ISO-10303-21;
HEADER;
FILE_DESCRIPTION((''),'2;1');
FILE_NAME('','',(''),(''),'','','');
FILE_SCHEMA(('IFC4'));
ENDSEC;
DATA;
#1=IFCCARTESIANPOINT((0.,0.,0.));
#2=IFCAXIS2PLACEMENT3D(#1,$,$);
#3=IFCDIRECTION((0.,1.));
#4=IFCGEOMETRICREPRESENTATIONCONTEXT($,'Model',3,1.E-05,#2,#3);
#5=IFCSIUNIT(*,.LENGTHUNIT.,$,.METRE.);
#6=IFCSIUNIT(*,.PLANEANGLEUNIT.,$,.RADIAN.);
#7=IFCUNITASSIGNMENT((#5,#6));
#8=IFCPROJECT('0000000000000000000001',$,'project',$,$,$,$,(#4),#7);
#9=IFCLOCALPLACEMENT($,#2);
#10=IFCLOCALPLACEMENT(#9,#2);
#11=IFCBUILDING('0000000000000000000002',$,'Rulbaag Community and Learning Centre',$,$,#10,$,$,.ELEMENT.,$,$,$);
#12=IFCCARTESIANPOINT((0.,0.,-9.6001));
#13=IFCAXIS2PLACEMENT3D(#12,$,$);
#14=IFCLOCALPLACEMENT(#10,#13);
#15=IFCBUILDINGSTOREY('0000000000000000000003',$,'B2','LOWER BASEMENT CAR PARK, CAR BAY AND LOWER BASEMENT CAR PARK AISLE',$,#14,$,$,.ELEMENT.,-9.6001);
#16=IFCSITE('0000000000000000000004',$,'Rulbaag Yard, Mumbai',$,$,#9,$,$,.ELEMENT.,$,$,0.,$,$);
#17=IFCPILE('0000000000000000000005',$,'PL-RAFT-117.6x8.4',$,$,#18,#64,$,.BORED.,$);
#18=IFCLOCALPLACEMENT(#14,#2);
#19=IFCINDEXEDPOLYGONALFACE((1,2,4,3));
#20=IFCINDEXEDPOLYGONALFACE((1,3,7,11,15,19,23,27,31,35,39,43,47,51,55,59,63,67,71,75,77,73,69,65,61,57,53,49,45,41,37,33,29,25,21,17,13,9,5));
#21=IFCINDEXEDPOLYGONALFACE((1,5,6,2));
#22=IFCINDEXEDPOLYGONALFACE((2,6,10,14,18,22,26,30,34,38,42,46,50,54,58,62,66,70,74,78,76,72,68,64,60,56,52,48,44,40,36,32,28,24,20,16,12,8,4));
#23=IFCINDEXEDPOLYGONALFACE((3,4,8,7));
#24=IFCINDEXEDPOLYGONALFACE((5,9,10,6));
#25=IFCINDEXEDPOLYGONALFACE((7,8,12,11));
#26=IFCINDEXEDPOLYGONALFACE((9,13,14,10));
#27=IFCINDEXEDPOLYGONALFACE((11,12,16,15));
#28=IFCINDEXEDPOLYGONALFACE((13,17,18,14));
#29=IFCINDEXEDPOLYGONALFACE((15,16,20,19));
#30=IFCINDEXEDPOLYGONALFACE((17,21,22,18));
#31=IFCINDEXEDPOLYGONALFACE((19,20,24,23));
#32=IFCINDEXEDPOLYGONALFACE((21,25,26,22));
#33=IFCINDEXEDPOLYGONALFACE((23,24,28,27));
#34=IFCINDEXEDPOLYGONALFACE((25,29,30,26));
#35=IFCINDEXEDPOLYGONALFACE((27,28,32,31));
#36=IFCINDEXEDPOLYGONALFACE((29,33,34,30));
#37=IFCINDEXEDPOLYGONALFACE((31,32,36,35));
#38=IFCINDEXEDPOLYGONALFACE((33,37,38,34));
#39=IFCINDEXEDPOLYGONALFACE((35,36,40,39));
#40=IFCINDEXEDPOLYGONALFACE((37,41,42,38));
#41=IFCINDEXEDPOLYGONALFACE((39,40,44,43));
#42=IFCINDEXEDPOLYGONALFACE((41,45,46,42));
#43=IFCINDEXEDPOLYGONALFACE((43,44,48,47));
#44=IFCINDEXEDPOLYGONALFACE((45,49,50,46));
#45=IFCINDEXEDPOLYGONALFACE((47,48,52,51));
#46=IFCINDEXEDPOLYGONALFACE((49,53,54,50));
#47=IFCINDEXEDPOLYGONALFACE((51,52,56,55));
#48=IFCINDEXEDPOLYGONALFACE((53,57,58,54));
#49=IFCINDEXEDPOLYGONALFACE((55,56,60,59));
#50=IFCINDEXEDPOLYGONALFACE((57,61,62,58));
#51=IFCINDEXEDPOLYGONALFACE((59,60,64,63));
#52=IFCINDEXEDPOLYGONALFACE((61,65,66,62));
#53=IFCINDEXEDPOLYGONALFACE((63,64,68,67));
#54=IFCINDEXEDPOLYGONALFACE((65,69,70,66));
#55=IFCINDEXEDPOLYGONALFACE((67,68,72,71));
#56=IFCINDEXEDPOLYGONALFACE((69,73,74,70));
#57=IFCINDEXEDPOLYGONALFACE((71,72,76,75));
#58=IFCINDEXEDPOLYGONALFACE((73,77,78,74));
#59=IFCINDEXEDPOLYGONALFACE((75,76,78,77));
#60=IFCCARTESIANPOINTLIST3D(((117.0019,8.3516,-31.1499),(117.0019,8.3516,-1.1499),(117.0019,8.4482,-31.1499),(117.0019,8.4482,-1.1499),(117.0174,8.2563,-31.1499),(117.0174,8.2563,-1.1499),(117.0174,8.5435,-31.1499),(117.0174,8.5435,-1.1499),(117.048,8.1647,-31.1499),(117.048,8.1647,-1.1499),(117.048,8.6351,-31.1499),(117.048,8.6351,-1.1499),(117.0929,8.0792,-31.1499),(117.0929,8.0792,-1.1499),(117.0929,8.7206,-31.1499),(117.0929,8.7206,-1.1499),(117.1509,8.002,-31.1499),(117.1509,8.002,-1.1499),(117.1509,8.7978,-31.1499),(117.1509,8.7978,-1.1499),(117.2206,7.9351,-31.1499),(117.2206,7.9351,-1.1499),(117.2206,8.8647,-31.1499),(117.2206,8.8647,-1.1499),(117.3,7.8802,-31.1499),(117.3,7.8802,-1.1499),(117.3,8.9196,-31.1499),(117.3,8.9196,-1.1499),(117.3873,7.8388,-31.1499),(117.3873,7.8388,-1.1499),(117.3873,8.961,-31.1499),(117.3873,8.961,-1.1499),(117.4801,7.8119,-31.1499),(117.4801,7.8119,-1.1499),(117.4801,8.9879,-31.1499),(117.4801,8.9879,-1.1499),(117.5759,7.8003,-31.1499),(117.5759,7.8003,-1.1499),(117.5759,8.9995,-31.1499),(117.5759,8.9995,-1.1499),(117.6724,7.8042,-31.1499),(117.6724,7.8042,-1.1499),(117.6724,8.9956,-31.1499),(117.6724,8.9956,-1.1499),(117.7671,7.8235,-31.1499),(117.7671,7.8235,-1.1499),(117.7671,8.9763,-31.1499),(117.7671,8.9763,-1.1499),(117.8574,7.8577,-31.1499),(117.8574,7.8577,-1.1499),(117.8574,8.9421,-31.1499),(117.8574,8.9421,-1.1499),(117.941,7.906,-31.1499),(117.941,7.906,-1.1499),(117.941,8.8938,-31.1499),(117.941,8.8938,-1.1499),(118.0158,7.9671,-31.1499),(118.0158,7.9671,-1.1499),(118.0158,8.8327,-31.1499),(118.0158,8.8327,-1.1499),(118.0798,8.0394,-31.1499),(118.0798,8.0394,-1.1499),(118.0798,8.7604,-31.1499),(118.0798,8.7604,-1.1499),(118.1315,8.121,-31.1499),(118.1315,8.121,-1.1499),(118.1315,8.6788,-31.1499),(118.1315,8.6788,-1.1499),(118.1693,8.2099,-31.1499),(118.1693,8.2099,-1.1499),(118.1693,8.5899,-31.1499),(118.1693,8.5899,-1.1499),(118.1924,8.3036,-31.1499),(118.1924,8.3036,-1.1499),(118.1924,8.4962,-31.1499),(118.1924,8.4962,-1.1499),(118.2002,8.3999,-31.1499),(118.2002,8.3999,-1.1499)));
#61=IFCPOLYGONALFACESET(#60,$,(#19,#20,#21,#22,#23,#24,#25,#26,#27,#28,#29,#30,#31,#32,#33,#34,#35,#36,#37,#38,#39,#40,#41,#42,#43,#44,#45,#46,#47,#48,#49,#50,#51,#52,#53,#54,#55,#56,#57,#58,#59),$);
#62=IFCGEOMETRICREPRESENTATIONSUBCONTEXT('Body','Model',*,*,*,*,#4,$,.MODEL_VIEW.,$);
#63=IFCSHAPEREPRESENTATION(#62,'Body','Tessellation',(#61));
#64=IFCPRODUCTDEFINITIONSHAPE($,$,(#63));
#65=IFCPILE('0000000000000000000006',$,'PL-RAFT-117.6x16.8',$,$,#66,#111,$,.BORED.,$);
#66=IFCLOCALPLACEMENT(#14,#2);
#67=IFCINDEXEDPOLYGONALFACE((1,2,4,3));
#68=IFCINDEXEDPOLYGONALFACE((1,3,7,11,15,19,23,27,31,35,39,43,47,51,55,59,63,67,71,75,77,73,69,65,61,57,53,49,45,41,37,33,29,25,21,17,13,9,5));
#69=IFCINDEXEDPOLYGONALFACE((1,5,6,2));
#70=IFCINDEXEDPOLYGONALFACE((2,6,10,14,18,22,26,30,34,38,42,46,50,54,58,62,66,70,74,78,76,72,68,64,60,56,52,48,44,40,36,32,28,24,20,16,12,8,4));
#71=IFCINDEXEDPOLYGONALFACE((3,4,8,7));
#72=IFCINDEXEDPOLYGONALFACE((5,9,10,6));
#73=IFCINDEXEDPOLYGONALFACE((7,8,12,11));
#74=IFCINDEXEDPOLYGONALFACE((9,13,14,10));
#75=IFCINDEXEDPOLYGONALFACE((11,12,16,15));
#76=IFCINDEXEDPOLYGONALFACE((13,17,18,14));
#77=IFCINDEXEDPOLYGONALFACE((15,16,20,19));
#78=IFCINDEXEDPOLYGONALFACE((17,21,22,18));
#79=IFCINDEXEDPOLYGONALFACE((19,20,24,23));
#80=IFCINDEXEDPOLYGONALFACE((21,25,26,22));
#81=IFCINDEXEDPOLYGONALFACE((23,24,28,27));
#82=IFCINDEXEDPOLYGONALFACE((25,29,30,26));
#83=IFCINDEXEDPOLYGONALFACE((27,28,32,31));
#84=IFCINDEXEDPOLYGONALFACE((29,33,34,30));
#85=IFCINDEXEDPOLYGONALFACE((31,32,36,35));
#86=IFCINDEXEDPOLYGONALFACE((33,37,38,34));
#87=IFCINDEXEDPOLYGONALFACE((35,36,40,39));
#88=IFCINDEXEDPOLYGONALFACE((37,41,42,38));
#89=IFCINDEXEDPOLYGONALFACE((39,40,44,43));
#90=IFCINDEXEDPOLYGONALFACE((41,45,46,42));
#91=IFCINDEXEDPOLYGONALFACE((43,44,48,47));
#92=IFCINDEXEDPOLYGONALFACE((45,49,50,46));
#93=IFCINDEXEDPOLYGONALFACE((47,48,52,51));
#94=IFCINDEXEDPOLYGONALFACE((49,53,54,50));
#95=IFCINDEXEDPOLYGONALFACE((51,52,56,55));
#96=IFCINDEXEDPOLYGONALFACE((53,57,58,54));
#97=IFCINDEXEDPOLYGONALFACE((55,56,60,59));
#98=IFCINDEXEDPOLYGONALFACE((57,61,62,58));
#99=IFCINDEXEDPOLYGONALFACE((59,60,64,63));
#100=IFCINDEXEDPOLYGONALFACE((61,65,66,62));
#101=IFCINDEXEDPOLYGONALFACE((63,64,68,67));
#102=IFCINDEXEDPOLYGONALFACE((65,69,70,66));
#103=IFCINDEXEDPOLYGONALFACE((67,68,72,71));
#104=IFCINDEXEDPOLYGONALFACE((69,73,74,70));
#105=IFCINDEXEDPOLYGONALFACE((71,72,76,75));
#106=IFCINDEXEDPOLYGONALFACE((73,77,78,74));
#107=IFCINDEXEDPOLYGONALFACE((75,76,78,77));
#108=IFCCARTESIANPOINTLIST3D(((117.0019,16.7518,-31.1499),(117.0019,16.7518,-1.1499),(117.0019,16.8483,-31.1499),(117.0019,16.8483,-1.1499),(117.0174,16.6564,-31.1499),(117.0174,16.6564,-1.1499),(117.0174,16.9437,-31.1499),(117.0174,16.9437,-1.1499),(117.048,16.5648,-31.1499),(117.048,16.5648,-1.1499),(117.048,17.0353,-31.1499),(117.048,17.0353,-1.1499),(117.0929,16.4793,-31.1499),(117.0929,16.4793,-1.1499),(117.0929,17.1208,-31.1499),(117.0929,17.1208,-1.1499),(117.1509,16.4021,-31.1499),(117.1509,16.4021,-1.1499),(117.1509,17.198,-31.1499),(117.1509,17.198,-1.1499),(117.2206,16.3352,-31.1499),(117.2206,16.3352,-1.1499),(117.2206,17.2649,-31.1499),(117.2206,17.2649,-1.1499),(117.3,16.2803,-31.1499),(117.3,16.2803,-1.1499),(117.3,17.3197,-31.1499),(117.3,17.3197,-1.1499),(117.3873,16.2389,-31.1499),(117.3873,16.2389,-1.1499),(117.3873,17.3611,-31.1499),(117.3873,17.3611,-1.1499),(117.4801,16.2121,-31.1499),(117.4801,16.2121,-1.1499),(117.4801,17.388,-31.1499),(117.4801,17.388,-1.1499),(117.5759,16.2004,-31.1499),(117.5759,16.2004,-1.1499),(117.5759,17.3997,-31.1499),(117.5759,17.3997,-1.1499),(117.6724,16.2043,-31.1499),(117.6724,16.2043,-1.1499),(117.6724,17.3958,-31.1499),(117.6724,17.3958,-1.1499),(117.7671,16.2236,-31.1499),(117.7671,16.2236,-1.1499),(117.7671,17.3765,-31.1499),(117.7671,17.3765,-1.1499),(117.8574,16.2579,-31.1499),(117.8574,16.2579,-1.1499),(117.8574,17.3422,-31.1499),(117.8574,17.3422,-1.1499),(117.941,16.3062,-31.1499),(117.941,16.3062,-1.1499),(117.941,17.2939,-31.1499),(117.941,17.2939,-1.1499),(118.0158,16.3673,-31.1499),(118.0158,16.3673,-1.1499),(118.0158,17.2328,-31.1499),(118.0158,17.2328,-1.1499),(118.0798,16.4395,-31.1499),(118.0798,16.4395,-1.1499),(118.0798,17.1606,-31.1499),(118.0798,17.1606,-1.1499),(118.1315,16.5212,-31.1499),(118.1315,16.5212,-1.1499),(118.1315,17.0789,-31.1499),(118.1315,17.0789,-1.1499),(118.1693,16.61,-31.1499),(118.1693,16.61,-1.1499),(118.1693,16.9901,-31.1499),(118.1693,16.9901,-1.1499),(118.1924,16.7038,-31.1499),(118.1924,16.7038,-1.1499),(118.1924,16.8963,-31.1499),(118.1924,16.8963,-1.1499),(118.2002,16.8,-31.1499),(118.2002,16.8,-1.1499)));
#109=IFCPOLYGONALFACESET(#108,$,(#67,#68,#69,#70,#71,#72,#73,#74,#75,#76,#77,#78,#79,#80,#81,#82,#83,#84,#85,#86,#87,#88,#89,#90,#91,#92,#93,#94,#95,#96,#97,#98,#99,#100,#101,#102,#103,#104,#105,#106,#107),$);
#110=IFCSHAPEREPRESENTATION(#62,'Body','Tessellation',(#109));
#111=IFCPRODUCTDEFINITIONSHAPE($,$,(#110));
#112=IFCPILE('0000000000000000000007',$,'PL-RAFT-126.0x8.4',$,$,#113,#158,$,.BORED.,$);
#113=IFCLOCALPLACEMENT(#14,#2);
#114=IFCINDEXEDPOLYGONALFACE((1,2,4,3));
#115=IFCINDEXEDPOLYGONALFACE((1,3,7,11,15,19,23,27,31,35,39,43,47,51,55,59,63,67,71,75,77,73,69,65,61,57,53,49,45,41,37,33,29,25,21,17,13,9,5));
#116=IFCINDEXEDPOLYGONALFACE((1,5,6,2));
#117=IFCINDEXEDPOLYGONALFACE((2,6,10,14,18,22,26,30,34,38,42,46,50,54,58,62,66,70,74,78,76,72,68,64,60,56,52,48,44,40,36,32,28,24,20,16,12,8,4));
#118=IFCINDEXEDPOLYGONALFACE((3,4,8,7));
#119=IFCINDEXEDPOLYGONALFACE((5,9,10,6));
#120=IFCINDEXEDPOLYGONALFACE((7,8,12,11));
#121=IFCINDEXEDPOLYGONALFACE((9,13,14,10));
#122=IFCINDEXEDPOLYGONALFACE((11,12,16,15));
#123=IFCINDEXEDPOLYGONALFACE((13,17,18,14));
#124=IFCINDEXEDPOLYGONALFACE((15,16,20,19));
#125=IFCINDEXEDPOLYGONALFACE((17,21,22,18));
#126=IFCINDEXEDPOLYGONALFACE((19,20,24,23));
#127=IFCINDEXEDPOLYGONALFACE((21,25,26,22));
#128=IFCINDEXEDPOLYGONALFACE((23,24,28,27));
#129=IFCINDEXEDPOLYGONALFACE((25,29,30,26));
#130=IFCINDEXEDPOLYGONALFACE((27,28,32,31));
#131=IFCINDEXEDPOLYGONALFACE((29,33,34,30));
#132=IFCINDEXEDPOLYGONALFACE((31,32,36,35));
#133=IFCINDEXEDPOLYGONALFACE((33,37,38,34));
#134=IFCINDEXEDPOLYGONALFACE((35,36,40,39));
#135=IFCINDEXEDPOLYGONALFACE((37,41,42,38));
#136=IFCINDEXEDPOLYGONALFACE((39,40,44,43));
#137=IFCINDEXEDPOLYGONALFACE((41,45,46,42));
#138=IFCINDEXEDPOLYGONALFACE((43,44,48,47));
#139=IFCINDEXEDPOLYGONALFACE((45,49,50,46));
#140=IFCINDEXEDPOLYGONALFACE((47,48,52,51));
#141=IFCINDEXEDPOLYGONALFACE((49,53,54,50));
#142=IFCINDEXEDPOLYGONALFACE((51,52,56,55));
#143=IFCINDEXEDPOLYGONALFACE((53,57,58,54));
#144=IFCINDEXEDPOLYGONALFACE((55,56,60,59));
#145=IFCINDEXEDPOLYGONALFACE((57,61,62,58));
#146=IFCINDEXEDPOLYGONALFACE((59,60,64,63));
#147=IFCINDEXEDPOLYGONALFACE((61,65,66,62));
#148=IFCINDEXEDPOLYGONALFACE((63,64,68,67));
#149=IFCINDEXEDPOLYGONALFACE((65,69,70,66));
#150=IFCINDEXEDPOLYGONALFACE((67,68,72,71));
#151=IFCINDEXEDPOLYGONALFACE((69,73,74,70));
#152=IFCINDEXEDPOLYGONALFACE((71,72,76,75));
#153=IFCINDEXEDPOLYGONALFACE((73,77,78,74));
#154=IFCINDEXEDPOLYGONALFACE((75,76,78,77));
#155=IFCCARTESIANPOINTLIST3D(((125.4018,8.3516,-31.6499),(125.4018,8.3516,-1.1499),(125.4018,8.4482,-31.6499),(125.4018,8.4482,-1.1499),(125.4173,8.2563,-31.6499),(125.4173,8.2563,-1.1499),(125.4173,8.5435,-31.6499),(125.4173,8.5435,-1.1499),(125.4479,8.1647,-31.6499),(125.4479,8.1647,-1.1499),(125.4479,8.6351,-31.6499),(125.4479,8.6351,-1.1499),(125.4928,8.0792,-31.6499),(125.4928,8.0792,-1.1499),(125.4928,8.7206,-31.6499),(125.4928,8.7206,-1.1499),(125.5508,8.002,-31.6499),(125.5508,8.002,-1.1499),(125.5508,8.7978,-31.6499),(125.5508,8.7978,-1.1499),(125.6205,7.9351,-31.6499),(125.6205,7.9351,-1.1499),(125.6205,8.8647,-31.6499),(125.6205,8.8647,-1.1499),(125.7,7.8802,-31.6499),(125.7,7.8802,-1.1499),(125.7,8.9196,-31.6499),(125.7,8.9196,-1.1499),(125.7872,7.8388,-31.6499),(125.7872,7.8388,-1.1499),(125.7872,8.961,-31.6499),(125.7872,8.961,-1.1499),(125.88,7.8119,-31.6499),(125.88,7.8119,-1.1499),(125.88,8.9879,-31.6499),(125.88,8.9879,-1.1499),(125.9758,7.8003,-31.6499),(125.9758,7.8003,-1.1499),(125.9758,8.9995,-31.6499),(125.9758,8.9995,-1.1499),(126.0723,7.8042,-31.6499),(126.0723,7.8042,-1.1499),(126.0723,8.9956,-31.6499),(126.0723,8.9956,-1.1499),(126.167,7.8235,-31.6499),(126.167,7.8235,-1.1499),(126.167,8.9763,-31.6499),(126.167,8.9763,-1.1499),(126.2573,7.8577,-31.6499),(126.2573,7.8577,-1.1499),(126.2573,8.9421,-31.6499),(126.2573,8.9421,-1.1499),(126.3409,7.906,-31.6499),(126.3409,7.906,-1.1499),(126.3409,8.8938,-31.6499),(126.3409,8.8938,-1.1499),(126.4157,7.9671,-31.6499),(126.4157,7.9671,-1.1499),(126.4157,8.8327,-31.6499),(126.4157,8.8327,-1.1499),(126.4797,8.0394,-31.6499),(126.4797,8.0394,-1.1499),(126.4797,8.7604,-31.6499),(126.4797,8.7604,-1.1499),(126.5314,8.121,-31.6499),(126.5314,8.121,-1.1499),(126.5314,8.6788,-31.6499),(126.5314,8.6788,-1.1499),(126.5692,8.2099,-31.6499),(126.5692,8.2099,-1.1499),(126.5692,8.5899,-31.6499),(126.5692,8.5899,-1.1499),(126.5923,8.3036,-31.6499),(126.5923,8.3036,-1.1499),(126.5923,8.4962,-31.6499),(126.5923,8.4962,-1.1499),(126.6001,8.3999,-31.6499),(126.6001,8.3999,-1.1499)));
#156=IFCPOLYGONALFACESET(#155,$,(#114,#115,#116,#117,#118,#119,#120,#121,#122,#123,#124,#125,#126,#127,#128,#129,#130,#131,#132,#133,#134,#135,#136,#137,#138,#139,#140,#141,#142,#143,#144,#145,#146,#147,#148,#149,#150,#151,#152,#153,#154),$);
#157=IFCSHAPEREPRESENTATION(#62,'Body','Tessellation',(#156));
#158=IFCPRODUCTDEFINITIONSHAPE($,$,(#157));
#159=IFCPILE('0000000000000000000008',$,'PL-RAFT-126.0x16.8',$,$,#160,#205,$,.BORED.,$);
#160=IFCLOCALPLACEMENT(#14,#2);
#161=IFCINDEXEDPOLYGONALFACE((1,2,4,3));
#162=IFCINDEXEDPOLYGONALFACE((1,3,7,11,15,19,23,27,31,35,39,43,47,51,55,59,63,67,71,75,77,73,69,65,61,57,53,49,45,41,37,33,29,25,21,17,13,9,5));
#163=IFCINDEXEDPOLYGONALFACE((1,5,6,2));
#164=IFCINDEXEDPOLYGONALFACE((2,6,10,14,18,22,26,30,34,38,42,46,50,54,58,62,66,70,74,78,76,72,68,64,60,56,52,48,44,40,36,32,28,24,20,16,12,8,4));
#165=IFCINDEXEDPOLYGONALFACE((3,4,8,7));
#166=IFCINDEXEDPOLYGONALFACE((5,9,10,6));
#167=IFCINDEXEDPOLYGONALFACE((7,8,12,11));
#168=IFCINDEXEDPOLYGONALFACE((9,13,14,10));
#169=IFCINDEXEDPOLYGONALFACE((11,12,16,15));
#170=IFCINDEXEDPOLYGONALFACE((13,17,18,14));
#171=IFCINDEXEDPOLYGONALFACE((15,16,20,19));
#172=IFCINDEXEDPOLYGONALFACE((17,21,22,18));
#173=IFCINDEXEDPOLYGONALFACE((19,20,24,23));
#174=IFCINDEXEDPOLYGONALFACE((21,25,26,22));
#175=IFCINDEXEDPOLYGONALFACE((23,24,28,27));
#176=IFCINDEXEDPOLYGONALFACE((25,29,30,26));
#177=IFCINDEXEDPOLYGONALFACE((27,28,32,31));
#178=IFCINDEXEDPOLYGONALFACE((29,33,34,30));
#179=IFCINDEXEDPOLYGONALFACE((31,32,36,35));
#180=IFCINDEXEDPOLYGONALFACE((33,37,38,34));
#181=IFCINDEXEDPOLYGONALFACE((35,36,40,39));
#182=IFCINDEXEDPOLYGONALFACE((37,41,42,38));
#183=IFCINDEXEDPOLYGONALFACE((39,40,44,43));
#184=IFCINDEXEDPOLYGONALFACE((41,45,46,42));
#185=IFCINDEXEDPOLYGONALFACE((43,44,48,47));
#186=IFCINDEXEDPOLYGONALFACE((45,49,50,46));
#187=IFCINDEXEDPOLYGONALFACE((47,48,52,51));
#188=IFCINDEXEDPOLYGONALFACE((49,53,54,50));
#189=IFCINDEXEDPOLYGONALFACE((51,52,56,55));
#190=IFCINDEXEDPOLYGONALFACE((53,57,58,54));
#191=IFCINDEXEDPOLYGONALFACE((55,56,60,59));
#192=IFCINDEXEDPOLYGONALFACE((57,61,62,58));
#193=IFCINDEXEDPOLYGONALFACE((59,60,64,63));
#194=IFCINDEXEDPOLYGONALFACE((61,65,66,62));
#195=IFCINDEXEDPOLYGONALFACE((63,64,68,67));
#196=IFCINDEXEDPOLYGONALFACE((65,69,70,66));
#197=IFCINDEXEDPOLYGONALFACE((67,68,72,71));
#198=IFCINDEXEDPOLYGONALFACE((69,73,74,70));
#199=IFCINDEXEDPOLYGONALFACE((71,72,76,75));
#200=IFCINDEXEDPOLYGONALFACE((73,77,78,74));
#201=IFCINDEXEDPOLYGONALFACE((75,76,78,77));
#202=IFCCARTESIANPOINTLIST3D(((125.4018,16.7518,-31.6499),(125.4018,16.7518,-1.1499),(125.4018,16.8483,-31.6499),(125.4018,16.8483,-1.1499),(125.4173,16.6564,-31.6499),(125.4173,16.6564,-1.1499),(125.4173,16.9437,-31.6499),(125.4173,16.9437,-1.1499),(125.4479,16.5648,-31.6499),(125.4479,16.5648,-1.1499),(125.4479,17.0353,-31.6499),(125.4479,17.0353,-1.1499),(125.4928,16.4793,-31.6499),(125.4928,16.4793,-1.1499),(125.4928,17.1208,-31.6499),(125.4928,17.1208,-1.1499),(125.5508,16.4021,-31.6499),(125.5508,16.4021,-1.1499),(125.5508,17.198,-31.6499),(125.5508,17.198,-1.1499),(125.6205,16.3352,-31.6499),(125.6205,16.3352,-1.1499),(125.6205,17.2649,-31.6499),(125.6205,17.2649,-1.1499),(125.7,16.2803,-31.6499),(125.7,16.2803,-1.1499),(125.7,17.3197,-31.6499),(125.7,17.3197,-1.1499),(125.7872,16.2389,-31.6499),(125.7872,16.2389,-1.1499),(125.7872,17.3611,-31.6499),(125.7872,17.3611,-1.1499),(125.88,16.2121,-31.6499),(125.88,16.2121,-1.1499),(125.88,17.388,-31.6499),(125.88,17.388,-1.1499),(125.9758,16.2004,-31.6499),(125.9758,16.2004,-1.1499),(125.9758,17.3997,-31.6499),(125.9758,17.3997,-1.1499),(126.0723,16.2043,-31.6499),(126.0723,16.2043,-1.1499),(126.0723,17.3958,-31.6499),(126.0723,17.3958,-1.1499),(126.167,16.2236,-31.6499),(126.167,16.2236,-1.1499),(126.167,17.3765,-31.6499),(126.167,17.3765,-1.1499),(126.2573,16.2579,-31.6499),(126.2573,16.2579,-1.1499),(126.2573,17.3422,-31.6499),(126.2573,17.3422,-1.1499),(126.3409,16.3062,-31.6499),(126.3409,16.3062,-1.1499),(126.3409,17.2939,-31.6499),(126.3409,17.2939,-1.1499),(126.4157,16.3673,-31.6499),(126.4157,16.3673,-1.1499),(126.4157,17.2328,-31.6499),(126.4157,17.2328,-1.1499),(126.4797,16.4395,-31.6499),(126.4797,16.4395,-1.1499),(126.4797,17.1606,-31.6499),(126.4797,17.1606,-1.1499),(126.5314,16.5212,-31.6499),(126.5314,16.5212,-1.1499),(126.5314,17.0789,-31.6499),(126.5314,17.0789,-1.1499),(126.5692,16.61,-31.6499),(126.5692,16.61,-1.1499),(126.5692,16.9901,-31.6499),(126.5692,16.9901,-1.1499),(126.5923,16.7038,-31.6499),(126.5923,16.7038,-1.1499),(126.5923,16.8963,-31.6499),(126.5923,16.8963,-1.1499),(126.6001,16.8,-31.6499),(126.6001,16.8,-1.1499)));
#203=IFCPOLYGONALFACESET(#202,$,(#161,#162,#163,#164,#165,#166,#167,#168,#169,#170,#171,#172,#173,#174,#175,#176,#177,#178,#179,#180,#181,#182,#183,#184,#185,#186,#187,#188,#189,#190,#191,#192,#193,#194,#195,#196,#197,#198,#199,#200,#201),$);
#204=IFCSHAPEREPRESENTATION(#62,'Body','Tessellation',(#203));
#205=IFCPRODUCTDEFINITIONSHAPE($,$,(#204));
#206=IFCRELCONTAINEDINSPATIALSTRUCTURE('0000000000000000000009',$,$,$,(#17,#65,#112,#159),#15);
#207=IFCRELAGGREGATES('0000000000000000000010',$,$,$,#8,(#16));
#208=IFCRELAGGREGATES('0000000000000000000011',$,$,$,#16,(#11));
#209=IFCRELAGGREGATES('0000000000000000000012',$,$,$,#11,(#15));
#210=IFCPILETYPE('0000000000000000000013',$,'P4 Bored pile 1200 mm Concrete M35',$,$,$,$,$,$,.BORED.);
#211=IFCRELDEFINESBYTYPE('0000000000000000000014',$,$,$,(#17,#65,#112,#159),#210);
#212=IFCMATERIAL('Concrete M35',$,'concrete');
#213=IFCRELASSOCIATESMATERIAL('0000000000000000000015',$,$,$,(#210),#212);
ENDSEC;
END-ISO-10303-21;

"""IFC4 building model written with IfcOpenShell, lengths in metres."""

from ifc_helpers import new_model, si_unit, direction, frame, origin, origin_2d, place, context, subcontext, project, spatial, circle, extrude, material, material_profile, profile_set, type_object, element, save


model = new_model("IFC4")

# Units and contexts
model_context = context("Model", 3, precision=1e-05, world=origin(), true_north=direction((0.0, 1.0)))
body_context = subcontext(model_context, "Body", "Model", "MODEL_VIEW")
ifc_project = project(units=[si_unit("LENGTHUNIT", "METRE"), si_unit("PLANEANGLEUNIT", "RADIAN")], contexts=[model_context])

# Site, building, storey
site_placement = place(None, origin())
site = spatial("IfcSite", under=ifc_project, at=site_placement, Name="Rulbaag Yard, Mumbai", CompositionType="ELEMENT", RefElevation=0.0)
building_placement = place(site_placement, origin())
building = spatial("IfcBuilding", under=site, at=building_placement, Name="Rulbaag Community and Learning Centre", CompositionType="ELEMENT")
storey_placement = place(building_placement, frame((0.0, 0.0, -9.6001)))
storey = spatial("IfcBuildingStorey", under=building, at=storey_placement, Name="B2", Description="LOWER BASEMENT CAR PARK, CAR BAY AND LOWER BASEMENT CAR PARK AISLE", CompositionType="ELEMENT", Elevation=-9.6001)

# Piles
ifc_material_1 = material(Name="Concrete M35", Category="concrete")
ifc_material_profile_1 = material_profile(ifc_material_1, circle(Radius=0.6001, at=origin_2d()), Name="BP1200")
ifc_profile_set_1 = profile_set([ifc_material_profile_1], Name="Concrete M35")
pile_type_1 = type_object("IfcPileType", Name="P4 Bored pile 1200 mm Concrete M35", PredefinedType="BORED", material=ifc_profile_set_1)
for number, where, z_axis, x_axis, name in (
    (1, (117.6001, 8.3999, -1.1499), (0.0, 0.0, -1.0), (1.0, 0.0, 0.0), "PL-RAFT-117.6x8.4"),
    (2, (117.6001, 16.8, -1.1499), (0.0, 0.0, -1.0), (1.0, 0.0, 0.0), "PL-RAFT-117.6x16.8"),
):
    element("IfcPile", number, at=place(storey_placement, frame(where, z_axis=z_axis, x_axis=x_axis)), inside=storey, type_object=pile_type_1, Name=name, PredefinedType="BORED", context=body_context, shape_type="SweptSolid", body=[
        extrude(circle(Radius=0.6001, at=origin_2d()), origin(), (0.0, 0.0, 1.0), 30.0),
    ])
for number, where, z_axis, x_axis, name in (
    (3, (126.0, 8.3999, -1.1499), (0.0, 0.0, -1.0), (1.0, 0.0, 0.0), "PL-RAFT-126.0x8.4"),
    (4, (126.0, 16.8, -1.1499), (0.0, 0.0, -1.0), (1.0, 0.0, 0.0), "PL-RAFT-126.0x16.8"),
):
    element("IfcPile", number, at=place(storey_placement, frame(where, z_axis=z_axis, x_axis=x_axis)), inside=storey, type_object=pile_type_1, Name=name, PredefinedType="BORED", context=body_context, shape_type="SweptSolid", body=[
        extrude(circle(Radius=0.6001, at=origin_2d()), origin(), (0.0, 0.0, 1.0), 30.5),
    ])

save(model, "model.ifc")
